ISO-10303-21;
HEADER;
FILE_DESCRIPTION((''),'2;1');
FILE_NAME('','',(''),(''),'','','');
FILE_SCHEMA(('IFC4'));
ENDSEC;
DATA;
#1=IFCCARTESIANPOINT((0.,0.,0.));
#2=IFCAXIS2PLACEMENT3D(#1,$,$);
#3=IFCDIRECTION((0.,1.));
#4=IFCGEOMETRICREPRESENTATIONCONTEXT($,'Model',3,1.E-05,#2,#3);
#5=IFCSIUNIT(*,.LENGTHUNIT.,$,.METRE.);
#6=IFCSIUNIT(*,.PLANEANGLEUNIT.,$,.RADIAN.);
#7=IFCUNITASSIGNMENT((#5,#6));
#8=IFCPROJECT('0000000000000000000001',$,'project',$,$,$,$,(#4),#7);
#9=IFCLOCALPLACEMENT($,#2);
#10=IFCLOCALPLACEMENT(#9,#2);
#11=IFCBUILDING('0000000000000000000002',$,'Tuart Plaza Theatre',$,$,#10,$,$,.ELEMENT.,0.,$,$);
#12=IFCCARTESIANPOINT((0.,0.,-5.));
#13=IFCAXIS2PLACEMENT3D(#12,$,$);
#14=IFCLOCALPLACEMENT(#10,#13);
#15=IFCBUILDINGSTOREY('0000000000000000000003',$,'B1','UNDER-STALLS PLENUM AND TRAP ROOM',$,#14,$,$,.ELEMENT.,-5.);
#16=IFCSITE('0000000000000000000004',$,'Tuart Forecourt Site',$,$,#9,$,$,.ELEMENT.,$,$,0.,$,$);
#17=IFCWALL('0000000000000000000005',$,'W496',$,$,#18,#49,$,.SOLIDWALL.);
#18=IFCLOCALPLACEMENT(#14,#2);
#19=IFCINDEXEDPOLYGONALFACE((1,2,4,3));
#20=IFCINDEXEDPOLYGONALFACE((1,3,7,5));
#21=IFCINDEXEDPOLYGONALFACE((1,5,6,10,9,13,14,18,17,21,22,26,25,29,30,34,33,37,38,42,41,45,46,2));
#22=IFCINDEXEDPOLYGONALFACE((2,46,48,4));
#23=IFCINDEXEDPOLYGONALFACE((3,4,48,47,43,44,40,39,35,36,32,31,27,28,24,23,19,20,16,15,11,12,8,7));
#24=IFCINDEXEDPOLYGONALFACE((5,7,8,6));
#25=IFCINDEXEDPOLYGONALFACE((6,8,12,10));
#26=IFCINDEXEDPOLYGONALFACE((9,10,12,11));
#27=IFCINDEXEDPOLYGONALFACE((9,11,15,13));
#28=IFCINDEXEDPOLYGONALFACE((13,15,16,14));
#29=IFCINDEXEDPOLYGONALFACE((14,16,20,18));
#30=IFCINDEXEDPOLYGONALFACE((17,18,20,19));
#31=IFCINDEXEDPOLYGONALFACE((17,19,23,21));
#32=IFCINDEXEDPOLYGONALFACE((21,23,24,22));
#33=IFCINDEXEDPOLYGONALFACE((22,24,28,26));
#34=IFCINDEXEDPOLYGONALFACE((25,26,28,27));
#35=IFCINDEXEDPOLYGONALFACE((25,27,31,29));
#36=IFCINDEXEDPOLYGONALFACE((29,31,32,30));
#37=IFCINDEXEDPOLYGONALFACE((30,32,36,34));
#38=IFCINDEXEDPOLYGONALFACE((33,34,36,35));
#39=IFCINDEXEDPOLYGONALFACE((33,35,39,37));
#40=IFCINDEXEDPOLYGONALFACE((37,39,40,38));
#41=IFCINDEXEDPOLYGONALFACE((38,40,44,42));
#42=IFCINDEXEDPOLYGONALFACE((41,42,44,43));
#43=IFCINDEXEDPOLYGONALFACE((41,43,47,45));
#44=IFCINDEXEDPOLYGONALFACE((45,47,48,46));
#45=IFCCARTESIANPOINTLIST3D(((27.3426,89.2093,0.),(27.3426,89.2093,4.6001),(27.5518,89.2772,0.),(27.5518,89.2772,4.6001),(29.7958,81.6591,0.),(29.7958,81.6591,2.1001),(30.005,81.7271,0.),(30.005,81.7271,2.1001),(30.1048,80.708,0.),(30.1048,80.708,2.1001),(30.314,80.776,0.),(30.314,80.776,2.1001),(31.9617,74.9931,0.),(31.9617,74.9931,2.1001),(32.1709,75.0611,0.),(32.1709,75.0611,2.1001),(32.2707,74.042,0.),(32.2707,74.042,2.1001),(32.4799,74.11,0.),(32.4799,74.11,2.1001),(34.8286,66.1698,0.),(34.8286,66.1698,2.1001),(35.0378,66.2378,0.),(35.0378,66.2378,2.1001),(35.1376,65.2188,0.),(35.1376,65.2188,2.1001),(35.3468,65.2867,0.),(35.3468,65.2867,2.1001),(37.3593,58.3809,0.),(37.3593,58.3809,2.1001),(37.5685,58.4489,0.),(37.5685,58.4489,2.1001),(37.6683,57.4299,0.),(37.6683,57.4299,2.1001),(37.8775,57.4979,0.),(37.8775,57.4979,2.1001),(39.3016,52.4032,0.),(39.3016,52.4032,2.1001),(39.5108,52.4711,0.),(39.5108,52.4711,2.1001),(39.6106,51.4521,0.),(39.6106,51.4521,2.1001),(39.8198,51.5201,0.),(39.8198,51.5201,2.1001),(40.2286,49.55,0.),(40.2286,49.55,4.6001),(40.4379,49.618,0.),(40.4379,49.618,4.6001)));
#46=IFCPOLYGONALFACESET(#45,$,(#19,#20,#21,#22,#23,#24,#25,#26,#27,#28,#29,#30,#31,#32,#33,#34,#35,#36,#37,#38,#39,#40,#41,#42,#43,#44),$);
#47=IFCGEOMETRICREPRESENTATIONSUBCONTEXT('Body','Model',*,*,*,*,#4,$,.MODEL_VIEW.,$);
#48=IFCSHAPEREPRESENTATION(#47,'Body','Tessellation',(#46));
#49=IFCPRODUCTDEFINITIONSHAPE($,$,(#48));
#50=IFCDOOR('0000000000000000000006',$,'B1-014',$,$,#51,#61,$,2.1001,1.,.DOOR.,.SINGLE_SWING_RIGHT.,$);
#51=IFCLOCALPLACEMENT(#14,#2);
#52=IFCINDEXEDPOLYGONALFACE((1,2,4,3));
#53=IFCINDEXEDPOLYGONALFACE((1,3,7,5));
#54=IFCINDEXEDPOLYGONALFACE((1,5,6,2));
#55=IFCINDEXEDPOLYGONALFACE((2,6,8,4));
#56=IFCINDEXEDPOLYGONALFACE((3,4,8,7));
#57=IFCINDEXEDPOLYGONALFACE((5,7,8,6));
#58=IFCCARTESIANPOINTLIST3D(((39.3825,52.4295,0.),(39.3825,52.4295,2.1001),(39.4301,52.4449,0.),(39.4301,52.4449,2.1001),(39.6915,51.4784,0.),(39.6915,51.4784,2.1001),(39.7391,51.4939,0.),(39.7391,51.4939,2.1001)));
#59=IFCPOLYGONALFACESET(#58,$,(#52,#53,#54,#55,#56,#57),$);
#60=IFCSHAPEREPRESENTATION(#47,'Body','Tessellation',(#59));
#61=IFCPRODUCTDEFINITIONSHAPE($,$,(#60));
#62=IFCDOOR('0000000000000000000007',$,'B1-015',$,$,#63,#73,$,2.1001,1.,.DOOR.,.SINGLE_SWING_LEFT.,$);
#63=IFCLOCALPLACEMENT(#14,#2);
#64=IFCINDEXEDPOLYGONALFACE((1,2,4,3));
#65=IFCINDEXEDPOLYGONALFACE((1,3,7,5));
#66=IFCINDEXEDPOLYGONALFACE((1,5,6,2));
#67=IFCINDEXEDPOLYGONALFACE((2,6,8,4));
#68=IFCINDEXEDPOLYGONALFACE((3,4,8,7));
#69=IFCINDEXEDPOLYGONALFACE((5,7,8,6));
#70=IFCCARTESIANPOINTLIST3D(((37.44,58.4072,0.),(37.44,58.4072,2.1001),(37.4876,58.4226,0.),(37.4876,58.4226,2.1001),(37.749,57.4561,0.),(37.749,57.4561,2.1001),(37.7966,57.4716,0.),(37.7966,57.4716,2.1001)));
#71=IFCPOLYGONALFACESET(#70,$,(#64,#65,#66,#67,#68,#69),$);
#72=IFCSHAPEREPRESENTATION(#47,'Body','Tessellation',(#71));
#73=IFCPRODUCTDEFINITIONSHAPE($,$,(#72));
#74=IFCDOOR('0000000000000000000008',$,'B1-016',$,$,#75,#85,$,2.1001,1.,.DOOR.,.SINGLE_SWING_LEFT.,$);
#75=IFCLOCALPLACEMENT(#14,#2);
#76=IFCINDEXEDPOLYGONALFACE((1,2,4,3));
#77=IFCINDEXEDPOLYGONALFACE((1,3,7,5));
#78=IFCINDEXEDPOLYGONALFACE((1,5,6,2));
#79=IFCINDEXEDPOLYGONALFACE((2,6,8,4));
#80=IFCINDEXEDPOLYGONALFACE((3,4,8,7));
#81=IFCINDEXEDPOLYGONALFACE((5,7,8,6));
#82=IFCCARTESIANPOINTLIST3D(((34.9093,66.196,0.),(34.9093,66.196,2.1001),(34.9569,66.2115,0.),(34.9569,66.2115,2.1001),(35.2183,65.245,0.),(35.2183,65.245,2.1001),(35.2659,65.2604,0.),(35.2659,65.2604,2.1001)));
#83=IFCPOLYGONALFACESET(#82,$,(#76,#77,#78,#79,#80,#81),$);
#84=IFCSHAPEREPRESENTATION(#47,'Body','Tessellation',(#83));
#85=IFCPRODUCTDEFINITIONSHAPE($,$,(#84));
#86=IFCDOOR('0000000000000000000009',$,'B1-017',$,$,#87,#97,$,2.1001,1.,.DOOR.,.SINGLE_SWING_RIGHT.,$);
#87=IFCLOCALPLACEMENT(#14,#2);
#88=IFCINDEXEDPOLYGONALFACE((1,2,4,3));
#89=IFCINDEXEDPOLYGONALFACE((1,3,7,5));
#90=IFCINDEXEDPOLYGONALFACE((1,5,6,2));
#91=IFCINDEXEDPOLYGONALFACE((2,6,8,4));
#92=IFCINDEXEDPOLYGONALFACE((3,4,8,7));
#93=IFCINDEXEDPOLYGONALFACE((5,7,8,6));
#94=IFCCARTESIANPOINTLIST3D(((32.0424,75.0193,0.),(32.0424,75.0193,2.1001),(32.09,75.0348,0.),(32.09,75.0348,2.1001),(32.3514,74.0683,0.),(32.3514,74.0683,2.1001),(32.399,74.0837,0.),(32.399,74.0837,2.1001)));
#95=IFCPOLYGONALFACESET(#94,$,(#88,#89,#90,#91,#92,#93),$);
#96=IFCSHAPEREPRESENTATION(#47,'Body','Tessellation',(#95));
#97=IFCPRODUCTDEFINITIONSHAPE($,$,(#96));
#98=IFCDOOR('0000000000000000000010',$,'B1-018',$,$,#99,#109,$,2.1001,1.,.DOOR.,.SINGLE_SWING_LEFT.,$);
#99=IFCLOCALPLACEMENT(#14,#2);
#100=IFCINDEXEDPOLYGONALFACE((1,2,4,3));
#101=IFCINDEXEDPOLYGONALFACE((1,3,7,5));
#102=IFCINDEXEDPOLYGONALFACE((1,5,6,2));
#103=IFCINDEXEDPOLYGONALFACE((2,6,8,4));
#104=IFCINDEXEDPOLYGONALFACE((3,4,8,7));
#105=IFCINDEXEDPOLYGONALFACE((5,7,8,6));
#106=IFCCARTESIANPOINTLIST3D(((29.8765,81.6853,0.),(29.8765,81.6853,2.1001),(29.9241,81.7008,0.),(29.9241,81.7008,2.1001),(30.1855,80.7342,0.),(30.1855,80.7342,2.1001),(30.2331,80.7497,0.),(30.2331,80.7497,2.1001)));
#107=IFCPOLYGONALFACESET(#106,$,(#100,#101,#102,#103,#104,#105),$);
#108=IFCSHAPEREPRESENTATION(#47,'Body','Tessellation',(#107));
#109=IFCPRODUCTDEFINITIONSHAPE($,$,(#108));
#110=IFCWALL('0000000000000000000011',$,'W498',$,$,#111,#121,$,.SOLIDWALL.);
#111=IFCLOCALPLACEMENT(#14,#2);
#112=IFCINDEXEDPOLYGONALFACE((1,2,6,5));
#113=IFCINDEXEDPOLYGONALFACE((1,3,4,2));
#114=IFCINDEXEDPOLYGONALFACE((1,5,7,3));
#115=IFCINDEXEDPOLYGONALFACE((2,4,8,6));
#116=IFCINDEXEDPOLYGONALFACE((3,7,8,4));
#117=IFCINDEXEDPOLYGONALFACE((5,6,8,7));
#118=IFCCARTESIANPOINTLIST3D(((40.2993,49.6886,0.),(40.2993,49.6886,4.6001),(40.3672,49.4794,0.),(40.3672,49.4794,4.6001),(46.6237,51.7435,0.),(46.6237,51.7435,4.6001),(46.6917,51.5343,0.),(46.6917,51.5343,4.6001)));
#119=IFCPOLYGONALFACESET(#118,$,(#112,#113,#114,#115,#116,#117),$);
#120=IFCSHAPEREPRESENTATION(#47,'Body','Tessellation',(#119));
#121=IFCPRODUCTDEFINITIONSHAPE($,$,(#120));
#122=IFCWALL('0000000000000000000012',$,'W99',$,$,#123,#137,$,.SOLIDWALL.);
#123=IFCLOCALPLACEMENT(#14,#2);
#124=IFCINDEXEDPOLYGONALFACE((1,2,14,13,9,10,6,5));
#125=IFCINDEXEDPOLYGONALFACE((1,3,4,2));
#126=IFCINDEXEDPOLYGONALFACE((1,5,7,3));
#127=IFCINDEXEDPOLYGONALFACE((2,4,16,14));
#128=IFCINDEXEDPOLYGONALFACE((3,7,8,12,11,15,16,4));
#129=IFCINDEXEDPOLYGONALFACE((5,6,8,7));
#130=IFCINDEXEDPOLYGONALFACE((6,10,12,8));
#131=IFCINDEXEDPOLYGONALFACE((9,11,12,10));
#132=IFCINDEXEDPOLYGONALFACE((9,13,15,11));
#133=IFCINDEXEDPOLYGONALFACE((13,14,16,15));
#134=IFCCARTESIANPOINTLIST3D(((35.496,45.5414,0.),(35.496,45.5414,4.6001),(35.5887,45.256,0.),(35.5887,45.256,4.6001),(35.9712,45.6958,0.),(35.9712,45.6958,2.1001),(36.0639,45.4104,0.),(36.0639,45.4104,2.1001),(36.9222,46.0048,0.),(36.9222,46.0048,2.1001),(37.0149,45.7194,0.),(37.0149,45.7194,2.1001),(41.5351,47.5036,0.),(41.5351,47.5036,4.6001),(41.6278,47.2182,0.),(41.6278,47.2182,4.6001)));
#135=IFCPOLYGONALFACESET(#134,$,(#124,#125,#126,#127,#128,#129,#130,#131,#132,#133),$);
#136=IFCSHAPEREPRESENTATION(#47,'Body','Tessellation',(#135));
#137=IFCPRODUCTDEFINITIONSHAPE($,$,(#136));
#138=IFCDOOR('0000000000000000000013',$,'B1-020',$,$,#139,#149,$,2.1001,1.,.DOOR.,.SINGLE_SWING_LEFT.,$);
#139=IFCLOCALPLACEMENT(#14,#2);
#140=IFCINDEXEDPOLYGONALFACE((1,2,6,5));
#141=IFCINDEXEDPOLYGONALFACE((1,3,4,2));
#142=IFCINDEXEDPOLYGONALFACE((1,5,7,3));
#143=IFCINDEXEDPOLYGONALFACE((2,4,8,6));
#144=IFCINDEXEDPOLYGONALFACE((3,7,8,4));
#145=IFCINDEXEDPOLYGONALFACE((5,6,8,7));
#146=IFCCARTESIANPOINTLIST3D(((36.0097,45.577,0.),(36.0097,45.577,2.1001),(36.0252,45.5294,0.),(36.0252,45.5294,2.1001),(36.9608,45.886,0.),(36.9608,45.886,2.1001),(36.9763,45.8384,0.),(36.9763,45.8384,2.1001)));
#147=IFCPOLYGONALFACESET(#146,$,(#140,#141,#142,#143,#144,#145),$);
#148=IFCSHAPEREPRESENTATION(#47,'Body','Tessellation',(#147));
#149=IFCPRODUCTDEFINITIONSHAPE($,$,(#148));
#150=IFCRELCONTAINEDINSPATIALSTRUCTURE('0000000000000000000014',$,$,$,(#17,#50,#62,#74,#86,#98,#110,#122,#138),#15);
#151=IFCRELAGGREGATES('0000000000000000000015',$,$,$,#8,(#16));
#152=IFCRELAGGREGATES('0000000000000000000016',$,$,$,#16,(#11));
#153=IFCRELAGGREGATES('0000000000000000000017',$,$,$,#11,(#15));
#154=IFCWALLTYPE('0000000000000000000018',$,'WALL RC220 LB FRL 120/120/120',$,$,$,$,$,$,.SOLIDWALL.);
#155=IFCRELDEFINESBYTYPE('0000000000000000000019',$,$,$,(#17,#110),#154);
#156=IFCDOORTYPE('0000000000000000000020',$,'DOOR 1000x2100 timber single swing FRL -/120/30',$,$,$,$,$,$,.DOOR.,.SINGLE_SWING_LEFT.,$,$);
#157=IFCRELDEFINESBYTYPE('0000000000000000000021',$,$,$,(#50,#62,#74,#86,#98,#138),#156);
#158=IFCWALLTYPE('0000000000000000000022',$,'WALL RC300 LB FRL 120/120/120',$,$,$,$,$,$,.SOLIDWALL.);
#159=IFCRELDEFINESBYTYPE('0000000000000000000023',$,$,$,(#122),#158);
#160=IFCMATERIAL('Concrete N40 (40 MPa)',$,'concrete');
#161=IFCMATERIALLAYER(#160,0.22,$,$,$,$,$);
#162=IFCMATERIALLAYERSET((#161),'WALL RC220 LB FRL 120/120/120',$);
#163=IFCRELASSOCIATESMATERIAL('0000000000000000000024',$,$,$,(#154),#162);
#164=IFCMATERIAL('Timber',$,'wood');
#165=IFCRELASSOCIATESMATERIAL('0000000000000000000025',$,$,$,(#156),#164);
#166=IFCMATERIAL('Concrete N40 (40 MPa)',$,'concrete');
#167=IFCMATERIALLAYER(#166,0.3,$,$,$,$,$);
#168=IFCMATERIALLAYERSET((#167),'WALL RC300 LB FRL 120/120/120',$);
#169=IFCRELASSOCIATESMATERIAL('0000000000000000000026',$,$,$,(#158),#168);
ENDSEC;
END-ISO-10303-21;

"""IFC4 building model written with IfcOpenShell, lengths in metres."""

from ifc_helpers import new_model, si_unit, direction, frame, frame_2d, origin, place, context, subcontext, project, spatial, rectangle, extrude, material, layer, layer_set, type_object, element, fill, save


model = new_model("IFC4")

# Units and contexts
model_context = context("Model", 3, precision=1e-05, world=origin(), true_north=direction((0.0, 1.0)))
body_context = subcontext(model_context, "Body", "Model", "MODEL_VIEW")
ifc_project = project(units=[si_unit("LENGTHUNIT", "METRE"), si_unit("PLANEANGLEUNIT", "RADIAN")], contexts=[model_context])

# Site, building, storey
site_placement = place(None, origin())
site = spatial("IfcSite", under=ifc_project, at=site_placement, Name="Tuart Forecourt Site", CompositionType="ELEMENT", RefElevation=0.0)
building_placement = place(site_placement, origin())
building = spatial("IfcBuilding", under=site, at=building_placement, Name="Tuart Plaza Theatre", CompositionType="ELEMENT", ElevationOfRefHeight=0.0)
storey_placement = place(building_placement, frame((0.0, 0.0, -5.0)))
storey = spatial("IfcBuildingStorey", under=building, at=storey_placement, Name="B1", Description="UNDER-STALLS PLENUM AND TRAP ROOM", CompositionType="ELEMENT", Elevation=-5.0)

# Wall, openings, doors
ifc_material_1 = material(Name="Concrete N40 (40 MPa)", Category="concrete")
ifc_layer_1 = layer(ifc_material_1, 0.22)
ifc_layer_set_1 = layer_set([ifc_layer_1], Name="WALL RC220 LB FRL 120/120/120")
wall_type_1 = type_object("IfcWallType", Name="WALL RC220 LB FRL 120/120/120", PredefinedType="SOLIDWALL", material=ifc_layer_set_1)
ifc_material_2 = material(Name="Timber", Category="wood")
door_type = type_object("IfcDoorType", Name="DOOR 1000x2100 timber single swing FRL -/120/30", OperationType="SINGLE_SWING_LEFT", PredefinedType="DOOR", material=ifc_material_2)
wall_1_placement = place(storey_placement, frame((40.3333, 49.584, 0.0), z_axis=(0.0, 0.0, 1.0), x_axis=(-0.309016, 0.951057, 0.0)))
wall_1 = element("IfcWall", 1, at=wall_1_placement, inside=storey, type_object=wall_type_1, Name="W496", PredefinedType="SOLIDWALL", context=body_context, shape_type="SweptSolid", body=[
    extrude(rectangle(XDim=41.7002, YDim=0.22, at=frame_2d((20.8501, 0.0))), origin(), (0.0, 0.0, 1.0), 4.6001),
])
opening_1_placement = place(wall_1_placement, frame((2.0, 0.0, 0.0)))
opening_1 = element("IfcOpeningElement", 2, at=opening_1_placement, cuts=wall_1, PredefinedType="OPENING", context=body_context, shape_type="SweptSolid", body=[
    extrude(rectangle(XDim=1.0, YDim=2.1001, at=frame_2d((0.5, 1.05))), frame((0.0, 0.1199, 0.0), z_axis=(0.0, -1.0, 0.0), x_axis=(1.0, 0.0, 0.0)), (0.0, 0.0, 1.0), 0.24),
])
opening_2_placement = place(wall_1_placement, frame((8.2854, 0.0, 0.0)))
opening_2 = element("IfcOpeningElement", 3, at=opening_2_placement, cuts=wall_1, PredefinedType="OPENING", context=body_context, shape_type="SweptSolid", body=[
    extrude(rectangle(XDim=1.0, YDim=2.1001, at=frame_2d((0.5, 1.05))), frame((0.0, 0.1199, 0.0), z_axis=(0.0, -1.0, 0.0), x_axis=(1.0, 0.0, 0.0)), (0.0, 0.0, 1.0), 0.24),
])
opening_3_placement = place(wall_1_placement, frame((16.4751, 0.0, 0.0)))
opening_3 = element("IfcOpeningElement", 4, at=opening_3_placement, cuts=wall_1, PredefinedType="OPENING", context=body_context, shape_type="SweptSolid", body=[
    extrude(rectangle(XDim=1.0, YDim=2.1001, at=frame_2d((0.5, 1.05))), frame((0.0, 0.1199, 0.0), z_axis=(0.0, -1.0, 0.0), x_axis=(1.0, 0.0, 0.0)), (0.0, 0.0, 1.0), 0.24),
])
opening_4_placement = place(wall_1_placement, frame((25.7524, 0.0, 0.0)))
opening_4 = element("IfcOpeningElement", 5, at=opening_4_placement, cuts=wall_1, PredefinedType="OPENING", context=body_context, shape_type="SweptSolid", body=[
    extrude(rectangle(XDim=1.0, YDim=2.1001, at=frame_2d((0.5, 1.05))), frame((0.0, 0.1199, 0.0), z_axis=(0.0, -1.0, 0.0), x_axis=(1.0, 0.0, 0.0)), (0.0, 0.0, 1.0), 0.24),
])
opening_5_placement = place(wall_1_placement, frame((32.7615, 0.0, 0.0)))
opening_5 = element("IfcOpeningElement", 6, at=opening_5_placement, cuts=wall_1, PredefinedType="OPENING", context=body_context, shape_type="SweptSolid", body=[
    extrude(rectangle(XDim=1.0, YDim=2.1001, at=frame_2d((0.5, 1.05))), frame((0.0, 0.1199, 0.0), z_axis=(0.0, -1.0, 0.0), x_axis=(1.0, 0.0, 0.0)), (0.0, 0.0, 1.0), 0.24),
])
door_1_placement = place(opening_1_placement, origin())
door_1 = element("IfcDoor", 7, at=door_1_placement, inside=storey, type_object=door_type, Name="B1-014", OperationType="SINGLE_SWING_RIGHT", OverallHeight=2.1001, OverallWidth=1.0, PredefinedType="DOOR", context=body_context, shape_type="SweptSolid", body=[
    extrude(rectangle(XDim=1.0, YDim=2.1001, at=frame_2d((0.5, 1.05))), frame((0.0, 0.0249, 0.0), z_axis=(0.0, -1.0, 0.0), x_axis=(1.0, 0.0, 0.0)), (0.0, 0.0, 1.0), 0.05),
])
fill(opening_1, door_1)
door_2_placement = place(opening_2_placement, frame((1.0, 0.0, 0.0), z_axis=(0.0, 0.0, 1.0), x_axis=(-1.0, 0.0, 0.0)))
door_2 = element("IfcDoor", 8, at=door_2_placement, inside=storey, type_object=door_type, Name="B1-015", OperationType="SINGLE_SWING_LEFT", OverallHeight=2.1001, OverallWidth=1.0, PredefinedType="DOOR", context=body_context, shape_type="SweptSolid", body=[
    extrude(rectangle(XDim=1.0, YDim=2.1001, at=frame_2d((0.5, 1.05))), frame((0.0, 0.0249, 0.0), z_axis=(0.0, -1.0, 0.0), x_axis=(1.0, 0.0, 0.0)), (0.0, 0.0, 1.0), 0.05),
])
fill(opening_2, door_2)
door_3_placement = place(opening_3_placement, frame((1.0, 0.0, 0.0), z_axis=(0.0, 0.0, 1.0), x_axis=(-1.0, 0.0, 0.0)))
door_3 = element("IfcDoor", 9, at=door_3_placement, inside=storey, type_object=door_type, Name="B1-016", OperationType="SINGLE_SWING_LEFT", OverallHeight=2.1001, OverallWidth=1.0, PredefinedType="DOOR", context=body_context, shape_type="SweptSolid", body=[
    extrude(rectangle(XDim=1.0, YDim=2.1001, at=frame_2d((0.5, 1.05))), frame((0.0, 0.0249, 0.0), z_axis=(0.0, -1.0, 0.0), x_axis=(1.0, 0.0, 0.0)), (0.0, 0.0, 1.0), 0.05),
])
fill(opening_3, door_3)
door_4_placement = place(opening_4_placement, frame((1.0, 0.0, 0.0), z_axis=(0.0, 0.0, 1.0), x_axis=(-1.0, 0.0, 0.0)))
door_4 = element("IfcDoor", 10, at=door_4_placement, inside=storey, type_object=door_type, Name="B1-017", OperationType="SINGLE_SWING_RIGHT", OverallHeight=2.1001, OverallWidth=1.0, PredefinedType="DOOR", context=body_context, shape_type="SweptSolid", body=[
    extrude(rectangle(XDim=1.0, YDim=2.1001, at=frame_2d((0.5, 1.05))), frame((0.0, 0.0249, 0.0), z_axis=(0.0, -1.0, 0.0), x_axis=(1.0, 0.0, 0.0)), (0.0, 0.0, 1.0), 0.05),
])
fill(opening_4, door_4)
door_5_placement = place(opening_5_placement, frame((1.0, 0.0, 0.0), z_axis=(0.0, 0.0, 1.0), x_axis=(-1.0, 0.0, 0.0)))
door_5 = element("IfcDoor", 11, at=door_5_placement, inside=storey, type_object=door_type, Name="B1-018", OperationType="SINGLE_SWING_LEFT", OverallHeight=2.1001, OverallWidth=1.0, PredefinedType="DOOR", context=body_context, shape_type="SweptSolid", body=[
    extrude(rectangle(XDim=1.0, YDim=2.1001, at=frame_2d((0.5, 1.05))), frame((0.0, 0.0249, 0.0), z_axis=(0.0, -1.0, 0.0), x_axis=(1.0, 0.0, 0.0)), (0.0, 0.0, 1.0), 0.05),
])
fill(opening_5, door_5)

# Wall
wall_2_placement = place(storey_placement, frame((40.3333, 49.584, 0.0), z_axis=(0.0, 0.0, 1.0), x_axis=(0.951057, 0.309016, 0.0)))
element("IfcWall", 12, at=wall_2_placement, inside=storey, type_object=wall_type_1, Name="W498", PredefinedType="SOLIDWALL", context=body_context, shape_type="SweptSolid", body=[
    extrude(rectangle(XDim=6.6499, YDim=0.22, at=frame_2d((3.325, 0.0))), origin(), (0.0, 0.0, 1.0), 4.6001),
])

# Wall, opening, door
ifc_material_3 = material(Name="Concrete N40 (40 MPa)", Category="concrete")
ifc_layer_2 = layer(ifc_material_3, 0.3)
ifc_layer_set_2 = layer_set([ifc_layer_2], Name="WALL RC300 LB FRL 120/120/120")
wall_type_2 = type_object("IfcWallType", Name="WALL RC300 LB FRL 120/120/120", PredefinedType="SOLIDWALL", material=ifc_layer_set_2)
wall_3_placement = place(storey_placement, frame((41.5813, 47.3608, 0.0), z_axis=(0.0, 0.0, 1.0), x_axis=(-0.951059, -0.30901, 0.0)))
wall_3 = element("IfcWall", 13, at=wall_3_placement, inside=storey, type_object=wall_type_2, Name="W99", PredefinedType="SOLIDWALL", context=body_context, shape_type="SweptSolid", body=[
    extrude(rectangle(XDim=6.3499, YDim=0.3, at=frame_2d((3.1748, 0.0))), origin(), (0.0, 0.0, 1.0), 4.6001),
])
opening_6_placement = place(wall_3_placement, frame((4.8501, 0.0, 0.0)))
opening_6 = element("IfcOpeningElement", 14, at=opening_6_placement, cuts=wall_3, PredefinedType="OPENING", context=body_context, shape_type="SweptSolid", body=[
    extrude(rectangle(XDim=1.0, YDim=2.1001, at=frame_2d((0.5, 1.05))), frame((0.0, 0.1599, 0.0), z_axis=(0.0, -1.0, 0.0), x_axis=(1.0, 0.0, 0.0)), (0.0, 0.0, 1.0), 0.3201),
])
door_6_placement = place(opening_6_placement, origin())
door_6 = element("IfcDoor", 15, at=door_6_placement, inside=storey, type_object=door_type, Name="B1-020", OperationType="SINGLE_SWING_LEFT", OverallHeight=2.1001, OverallWidth=1.0, PredefinedType="DOOR", context=body_context, shape_type="SweptSolid", body=[
    extrude(rectangle(XDim=1.0, YDim=2.1001, at=frame_2d((0.5, 1.05))), frame((0.0, 0.0249, 0.0), z_axis=(0.0, -1.0, 0.0), x_axis=(1.0, 0.0, 0.0)), (0.0, 0.0, 1.0), 0.05),
])
fill(opening_6, door_6)

save(model, "model.ifc")
